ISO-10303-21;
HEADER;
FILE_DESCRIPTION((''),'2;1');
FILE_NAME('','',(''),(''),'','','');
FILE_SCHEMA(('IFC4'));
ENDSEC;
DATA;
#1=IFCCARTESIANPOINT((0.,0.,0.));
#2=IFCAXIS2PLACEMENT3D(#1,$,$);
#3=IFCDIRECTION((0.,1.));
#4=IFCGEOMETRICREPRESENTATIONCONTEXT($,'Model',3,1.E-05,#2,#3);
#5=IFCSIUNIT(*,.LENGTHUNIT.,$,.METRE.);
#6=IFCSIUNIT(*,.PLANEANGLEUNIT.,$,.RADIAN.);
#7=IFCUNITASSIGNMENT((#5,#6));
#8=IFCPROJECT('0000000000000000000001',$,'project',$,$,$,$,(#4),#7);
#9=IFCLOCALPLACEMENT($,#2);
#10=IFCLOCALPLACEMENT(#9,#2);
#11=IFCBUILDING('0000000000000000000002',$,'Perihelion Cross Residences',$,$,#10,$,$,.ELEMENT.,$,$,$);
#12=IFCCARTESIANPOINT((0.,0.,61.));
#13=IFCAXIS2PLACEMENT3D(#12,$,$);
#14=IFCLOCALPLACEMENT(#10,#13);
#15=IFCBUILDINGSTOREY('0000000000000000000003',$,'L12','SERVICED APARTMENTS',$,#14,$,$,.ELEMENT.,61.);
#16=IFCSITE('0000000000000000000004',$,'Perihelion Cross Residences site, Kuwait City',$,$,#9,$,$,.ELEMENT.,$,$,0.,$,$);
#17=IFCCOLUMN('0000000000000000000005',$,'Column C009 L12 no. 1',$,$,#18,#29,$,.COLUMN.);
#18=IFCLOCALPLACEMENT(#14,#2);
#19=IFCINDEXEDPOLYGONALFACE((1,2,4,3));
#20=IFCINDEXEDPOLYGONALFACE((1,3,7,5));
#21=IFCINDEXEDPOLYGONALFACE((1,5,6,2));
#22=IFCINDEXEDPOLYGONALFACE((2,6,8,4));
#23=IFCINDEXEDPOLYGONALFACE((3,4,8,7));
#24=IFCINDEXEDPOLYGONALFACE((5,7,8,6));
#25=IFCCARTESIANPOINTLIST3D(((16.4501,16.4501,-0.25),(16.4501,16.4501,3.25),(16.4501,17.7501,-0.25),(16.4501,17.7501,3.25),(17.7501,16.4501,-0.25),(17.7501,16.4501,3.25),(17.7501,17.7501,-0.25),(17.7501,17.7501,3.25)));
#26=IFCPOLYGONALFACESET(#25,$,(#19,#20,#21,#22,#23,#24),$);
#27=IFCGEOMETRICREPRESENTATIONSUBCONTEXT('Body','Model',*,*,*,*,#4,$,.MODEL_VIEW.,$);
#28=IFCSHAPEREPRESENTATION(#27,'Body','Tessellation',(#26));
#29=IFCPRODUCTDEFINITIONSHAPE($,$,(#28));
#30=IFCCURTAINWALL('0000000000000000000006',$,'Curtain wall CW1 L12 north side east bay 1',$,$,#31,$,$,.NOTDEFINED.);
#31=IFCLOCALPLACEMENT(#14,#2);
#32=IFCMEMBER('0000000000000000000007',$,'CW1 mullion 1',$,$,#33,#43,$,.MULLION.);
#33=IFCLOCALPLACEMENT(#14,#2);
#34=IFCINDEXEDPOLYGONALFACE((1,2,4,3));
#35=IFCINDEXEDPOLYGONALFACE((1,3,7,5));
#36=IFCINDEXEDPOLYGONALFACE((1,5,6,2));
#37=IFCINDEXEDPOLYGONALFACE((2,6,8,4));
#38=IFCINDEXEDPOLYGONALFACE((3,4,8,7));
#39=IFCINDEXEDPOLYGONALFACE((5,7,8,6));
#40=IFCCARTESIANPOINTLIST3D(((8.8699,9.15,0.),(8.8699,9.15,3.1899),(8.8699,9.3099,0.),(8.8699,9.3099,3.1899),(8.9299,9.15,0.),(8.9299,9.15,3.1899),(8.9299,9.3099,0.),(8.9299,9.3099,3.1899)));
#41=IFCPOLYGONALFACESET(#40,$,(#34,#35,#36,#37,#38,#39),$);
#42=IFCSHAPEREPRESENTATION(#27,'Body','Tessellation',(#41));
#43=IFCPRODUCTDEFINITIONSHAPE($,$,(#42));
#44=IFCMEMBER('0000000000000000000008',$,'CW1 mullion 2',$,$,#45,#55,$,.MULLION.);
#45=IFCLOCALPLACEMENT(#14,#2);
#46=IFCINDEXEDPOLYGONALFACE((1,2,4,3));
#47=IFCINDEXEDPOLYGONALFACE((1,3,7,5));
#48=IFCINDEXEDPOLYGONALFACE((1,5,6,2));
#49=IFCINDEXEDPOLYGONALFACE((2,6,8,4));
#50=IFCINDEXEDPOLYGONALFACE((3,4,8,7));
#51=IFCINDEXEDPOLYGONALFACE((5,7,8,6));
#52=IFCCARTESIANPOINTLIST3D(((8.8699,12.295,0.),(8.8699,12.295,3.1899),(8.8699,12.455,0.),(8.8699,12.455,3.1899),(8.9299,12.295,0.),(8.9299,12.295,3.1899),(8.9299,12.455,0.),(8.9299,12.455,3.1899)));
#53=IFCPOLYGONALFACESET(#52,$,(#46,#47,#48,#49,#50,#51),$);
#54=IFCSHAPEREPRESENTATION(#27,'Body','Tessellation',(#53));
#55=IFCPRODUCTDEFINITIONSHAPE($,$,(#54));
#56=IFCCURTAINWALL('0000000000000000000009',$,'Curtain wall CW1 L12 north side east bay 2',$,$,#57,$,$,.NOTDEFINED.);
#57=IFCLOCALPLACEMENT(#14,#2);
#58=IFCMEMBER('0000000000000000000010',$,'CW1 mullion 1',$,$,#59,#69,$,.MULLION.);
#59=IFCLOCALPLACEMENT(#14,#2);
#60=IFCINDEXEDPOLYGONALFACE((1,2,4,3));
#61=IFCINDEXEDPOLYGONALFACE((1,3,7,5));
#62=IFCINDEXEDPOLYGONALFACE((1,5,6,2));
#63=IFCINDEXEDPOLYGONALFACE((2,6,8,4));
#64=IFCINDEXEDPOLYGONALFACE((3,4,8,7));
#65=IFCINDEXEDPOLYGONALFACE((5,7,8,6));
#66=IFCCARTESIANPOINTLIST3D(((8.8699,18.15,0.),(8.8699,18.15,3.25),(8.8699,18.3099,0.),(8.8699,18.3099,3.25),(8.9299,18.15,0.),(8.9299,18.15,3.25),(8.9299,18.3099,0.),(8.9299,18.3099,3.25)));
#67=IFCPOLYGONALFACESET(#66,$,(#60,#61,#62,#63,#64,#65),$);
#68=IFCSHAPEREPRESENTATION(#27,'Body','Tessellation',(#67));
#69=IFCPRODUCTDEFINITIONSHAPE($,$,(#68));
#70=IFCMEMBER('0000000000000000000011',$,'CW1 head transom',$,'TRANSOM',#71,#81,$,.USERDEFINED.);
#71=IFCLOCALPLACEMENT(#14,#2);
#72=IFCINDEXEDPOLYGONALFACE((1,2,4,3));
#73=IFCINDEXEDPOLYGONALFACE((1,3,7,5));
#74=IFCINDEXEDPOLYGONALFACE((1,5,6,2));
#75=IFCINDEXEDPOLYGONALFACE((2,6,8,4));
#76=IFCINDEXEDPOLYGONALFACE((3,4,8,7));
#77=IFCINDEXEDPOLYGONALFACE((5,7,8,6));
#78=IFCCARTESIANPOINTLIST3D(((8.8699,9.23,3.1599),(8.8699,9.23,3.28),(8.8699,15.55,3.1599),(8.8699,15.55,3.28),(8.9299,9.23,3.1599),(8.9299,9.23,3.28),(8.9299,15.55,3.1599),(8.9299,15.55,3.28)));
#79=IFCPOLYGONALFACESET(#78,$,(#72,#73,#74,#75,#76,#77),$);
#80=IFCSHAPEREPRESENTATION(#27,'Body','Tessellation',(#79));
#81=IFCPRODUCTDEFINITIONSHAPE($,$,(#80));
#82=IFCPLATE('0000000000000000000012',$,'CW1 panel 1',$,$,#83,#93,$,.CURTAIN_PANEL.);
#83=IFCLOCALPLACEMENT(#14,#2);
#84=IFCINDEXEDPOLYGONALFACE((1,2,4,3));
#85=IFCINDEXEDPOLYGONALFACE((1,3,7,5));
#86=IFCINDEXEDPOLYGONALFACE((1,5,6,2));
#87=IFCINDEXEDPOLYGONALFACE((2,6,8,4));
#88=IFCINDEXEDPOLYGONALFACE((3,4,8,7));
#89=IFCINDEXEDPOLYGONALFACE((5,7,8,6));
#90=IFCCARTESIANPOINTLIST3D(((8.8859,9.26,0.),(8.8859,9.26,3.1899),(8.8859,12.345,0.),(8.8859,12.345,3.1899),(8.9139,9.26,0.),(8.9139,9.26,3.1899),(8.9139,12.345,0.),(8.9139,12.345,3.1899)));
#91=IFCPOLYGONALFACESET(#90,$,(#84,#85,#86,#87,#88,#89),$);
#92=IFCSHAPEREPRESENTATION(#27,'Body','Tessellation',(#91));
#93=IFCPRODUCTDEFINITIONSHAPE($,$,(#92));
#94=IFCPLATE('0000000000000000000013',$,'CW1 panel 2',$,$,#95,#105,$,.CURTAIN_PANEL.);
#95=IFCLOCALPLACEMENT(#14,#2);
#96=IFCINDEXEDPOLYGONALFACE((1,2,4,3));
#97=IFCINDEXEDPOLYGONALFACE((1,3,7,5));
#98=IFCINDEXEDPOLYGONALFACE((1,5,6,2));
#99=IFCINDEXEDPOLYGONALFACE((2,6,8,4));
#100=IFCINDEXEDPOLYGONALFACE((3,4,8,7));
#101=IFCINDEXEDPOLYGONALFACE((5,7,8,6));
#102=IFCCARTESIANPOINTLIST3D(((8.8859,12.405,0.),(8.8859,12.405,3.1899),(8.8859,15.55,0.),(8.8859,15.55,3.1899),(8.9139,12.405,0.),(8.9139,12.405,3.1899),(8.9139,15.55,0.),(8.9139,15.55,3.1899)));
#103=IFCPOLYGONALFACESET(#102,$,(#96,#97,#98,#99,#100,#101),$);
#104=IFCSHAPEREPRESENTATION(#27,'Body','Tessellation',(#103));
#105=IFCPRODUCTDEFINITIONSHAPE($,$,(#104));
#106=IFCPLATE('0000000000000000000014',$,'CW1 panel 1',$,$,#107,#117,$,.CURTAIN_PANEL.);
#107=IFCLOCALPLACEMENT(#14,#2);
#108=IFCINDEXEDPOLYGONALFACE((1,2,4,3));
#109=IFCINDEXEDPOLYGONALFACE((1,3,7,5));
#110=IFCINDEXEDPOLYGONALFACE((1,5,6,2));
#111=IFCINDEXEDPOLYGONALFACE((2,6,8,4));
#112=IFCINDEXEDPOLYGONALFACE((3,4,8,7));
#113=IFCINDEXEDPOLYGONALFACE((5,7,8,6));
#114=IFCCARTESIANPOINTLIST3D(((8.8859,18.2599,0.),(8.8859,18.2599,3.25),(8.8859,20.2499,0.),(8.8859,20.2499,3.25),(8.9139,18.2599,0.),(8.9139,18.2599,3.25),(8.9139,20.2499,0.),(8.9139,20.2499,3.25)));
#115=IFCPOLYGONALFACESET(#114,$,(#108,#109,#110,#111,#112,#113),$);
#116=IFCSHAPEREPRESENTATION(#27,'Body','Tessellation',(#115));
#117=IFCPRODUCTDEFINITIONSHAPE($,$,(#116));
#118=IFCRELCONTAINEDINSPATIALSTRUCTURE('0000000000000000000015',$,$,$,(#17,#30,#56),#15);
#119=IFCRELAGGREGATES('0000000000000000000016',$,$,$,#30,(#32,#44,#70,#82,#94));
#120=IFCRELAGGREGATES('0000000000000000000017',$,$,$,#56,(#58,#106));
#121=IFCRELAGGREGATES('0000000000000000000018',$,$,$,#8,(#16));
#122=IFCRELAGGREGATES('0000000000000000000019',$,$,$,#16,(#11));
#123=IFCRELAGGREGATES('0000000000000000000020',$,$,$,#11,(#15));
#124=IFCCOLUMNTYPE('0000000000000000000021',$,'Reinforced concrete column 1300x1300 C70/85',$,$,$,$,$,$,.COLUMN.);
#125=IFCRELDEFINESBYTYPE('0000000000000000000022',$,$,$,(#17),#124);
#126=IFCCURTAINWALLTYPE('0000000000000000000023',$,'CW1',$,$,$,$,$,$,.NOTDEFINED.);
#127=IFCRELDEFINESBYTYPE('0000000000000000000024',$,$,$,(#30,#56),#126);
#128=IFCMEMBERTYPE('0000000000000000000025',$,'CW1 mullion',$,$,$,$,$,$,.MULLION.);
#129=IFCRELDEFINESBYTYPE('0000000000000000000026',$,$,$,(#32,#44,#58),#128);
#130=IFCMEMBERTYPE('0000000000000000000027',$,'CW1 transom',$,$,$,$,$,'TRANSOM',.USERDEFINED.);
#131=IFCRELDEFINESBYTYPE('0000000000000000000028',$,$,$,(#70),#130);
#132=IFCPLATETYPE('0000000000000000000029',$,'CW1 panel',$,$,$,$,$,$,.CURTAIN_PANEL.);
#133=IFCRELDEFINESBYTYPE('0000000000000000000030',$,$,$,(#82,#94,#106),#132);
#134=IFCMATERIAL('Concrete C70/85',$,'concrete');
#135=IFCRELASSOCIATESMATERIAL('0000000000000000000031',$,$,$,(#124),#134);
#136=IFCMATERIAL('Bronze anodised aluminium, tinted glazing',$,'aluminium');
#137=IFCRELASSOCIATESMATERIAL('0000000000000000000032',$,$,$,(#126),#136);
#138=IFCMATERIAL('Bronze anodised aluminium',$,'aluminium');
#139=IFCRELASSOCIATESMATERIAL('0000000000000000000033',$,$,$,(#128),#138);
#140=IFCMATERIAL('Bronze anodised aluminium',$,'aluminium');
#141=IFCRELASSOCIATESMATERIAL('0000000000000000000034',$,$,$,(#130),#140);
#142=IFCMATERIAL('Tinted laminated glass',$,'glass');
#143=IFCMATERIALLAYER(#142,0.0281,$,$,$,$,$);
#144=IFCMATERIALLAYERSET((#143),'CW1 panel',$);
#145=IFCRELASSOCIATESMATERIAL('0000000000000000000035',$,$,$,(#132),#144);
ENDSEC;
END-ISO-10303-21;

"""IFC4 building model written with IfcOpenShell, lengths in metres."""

from ifc_helpers import new_model, si_unit, direction, frame, origin, origin_2d, place, context, subcontext, project, spatial, rectangle, extrude, material, layer, layer_set, material_profile, profile_set, type_object, element, aggregate, save


model = new_model("IFC4")

# Units and contexts
model_context = context("Model", 3, precision=1e-05, world=origin(), true_north=direction((0.0, 1.0)))
body_context = subcontext(model_context, "Body", "Model", "MODEL_VIEW")
ifc_project = project(units=[si_unit("LENGTHUNIT", "METRE"), si_unit("PLANEANGLEUNIT", "RADIAN")], contexts=[model_context])

# Site, building, storey
site_placement = place(None, origin())
site = spatial("IfcSite", under=ifc_project, at=site_placement, Name="Perihelion Cross Residences site, Kuwait City", CompositionType="ELEMENT", RefElevation=0.0)
building_placement = place(site_placement, origin())
building = spatial("IfcBuilding", under=site, at=building_placement, Name="Perihelion Cross Residences", CompositionType="ELEMENT")
storey_placement = place(building_placement, frame((0.0, 0.0, 61.0)))
storey = spatial("IfcBuildingStorey", under=building, at=storey_placement, Name="L12", Description="SERVICED APARTMENTS", CompositionType="ELEMENT", Elevation=61.0)

# Column
ifc_material_1 = material(Name="Concrete C70/85", Category="concrete")
ifc_material_profile_1 = material_profile(ifc_material_1, rectangle(XDim=1.3, YDim=1.3, at=origin_2d()), Name="RC 1300x1300")
ifc_profile_set_1 = profile_set([ifc_material_profile_1], Name="Concrete C70/85")
column_type = type_object("IfcColumnType", Name="Reinforced concrete column 1300x1300 C70/85", PredefinedType="COLUMN", material=ifc_profile_set_1)
column_placement = place(storey_placement, frame((17.1001, 17.1001, -0.25), z_axis=(0.0, 0.0, 1.0), x_axis=(1.0, 0.0, 0.0)))
element("IfcColumn", 1, at=column_placement, inside=storey, type_object=column_type, Name="Column C009 L12 no. 1", PredefinedType="COLUMN", context=body_context, shape_type="SweptSolid", body=[
    extrude(rectangle(XDim=1.3, YDim=1.3, at=origin_2d()), origin(), (0.0, 0.0, 1.0), 3.5),
])

# Curtain wall, members
ifc_material_2 = material(Name="Bronze anodised aluminium, tinted glazing", Category="aluminium")
curtain_wall_type = type_object("IfcCurtainWallType", Name="CW1", PredefinedType="NOTDEFINED", material=ifc_material_2)
curtain_wall_1_placement = place(storey_placement, origin())
curtain_wall_1 = element("IfcCurtainWall", 2, at=curtain_wall_1_placement, inside=storey, type_object=curtain_wall_type, Name="Curtain wall CW1 L12 north side east bay 1", PredefinedType="NOTDEFINED")
ifc_material_3 = material(Name="Bronze anodised aluminium", Category="aluminium")
ifc_material_profile_2 = material_profile(ifc_material_3, rectangle(XDim=0.0601, YDim=0.1599, at=origin_2d()), Name="CW1 mullion")
ifc_profile_set_2 = profile_set([ifc_material_profile_2], Name="Bronze anodised aluminium")
member_type_1 = type_object("IfcMemberType", Name="CW1 mullion", PredefinedType="MULLION", material=ifc_profile_set_2)
member_1_placement = place(storey_placement, frame((8.8999, 9.23, 0.0), z_axis=(0.0, 0.0, 1.0), x_axis=(-1.0, 0.0, 0.0)))
member_1 = element("IfcMember", 3, at=member_1_placement, type_object=member_type_1, Name="CW1 mullion 1", PredefinedType="MULLION", context=body_context, shape_type="SweptSolid", body=[
    extrude(rectangle(XDim=0.0601, YDim=0.1599, at=origin_2d()), origin(), (0.0, 0.0, 1.0), 3.1899),
])
member_2_placement = place(storey_placement, frame((8.8999, 12.375, 0.0), z_axis=(0.0, 0.0, 1.0), x_axis=(-1.0, 0.0, 0.0)))
member_2 = element("IfcMember", 4, at=member_2_placement, type_object=member_type_1, Name="CW1 mullion 2", PredefinedType="MULLION", context=body_context, shape_type="SweptSolid", body=[
    extrude(rectangle(XDim=0.0601, YDim=0.1599, at=origin_2d()), origin(), (0.0, 0.0, 1.0), 3.1899),
])

# Curtain wall, member
curtain_wall_2_placement = place(storey_placement, origin())
curtain_wall_2 = element("IfcCurtainWall", 5, at=curtain_wall_2_placement, inside=storey, type_object=curtain_wall_type, Name="Curtain wall CW1 L12 north side east bay 2", PredefinedType="NOTDEFINED")
member_3_placement = place(storey_placement, frame((8.8999, 18.23, 0.0), z_axis=(0.0, 0.0, 1.0), x_axis=(-1.0, 0.0, 0.0)))
member_3 = element("IfcMember", 6, at=member_3_placement, type_object=member_type_1, Name="CW1 mullion 1", PredefinedType="MULLION", context=body_context, shape_type="SweptSolid", body=[
    extrude(rectangle(XDim=0.0601, YDim=0.1599, at=origin_2d()), origin(), (0.0, 0.0, 1.0), 3.25),
])

# Member
ifc_material_4 = material(Name="Bronze anodised aluminium", Category="aluminium")
ifc_material_profile_3 = material_profile(ifc_material_4, rectangle(XDim=0.0601, YDim=0.1201, at=origin_2d()), Name="CW1 transom")
ifc_profile_set_3 = profile_set([ifc_material_profile_3], Name="Bronze anodised aluminium")
member_type_2 = type_object("IfcMemberType", Name="CW1 transom", ElementType="TRANSOM", PredefinedType="USERDEFINED", material=ifc_profile_set_3)
member_4_placement = place(storey_placement, frame((8.8999, 9.23, 3.22), z_axis=(0.0, 1.0, 0.0), x_axis=(-1.0, 0.0, 0.0)))
member_4 = element("IfcMember", 7, at=member_4_placement, type_object=member_type_2, Name="CW1 head transom", ObjectType="TRANSOM", PredefinedType="USERDEFINED", context=body_context, shape_type="SweptSolid", body=[
    extrude(rectangle(XDim=0.0601, YDim=0.1201, at=origin_2d()), origin(), (0.0, 0.0, 1.0), 6.3201),
])

# Plates
ifc_material_5 = material(Name="Tinted laminated glass", Category="glass")
ifc_layer_1 = layer(ifc_material_5, 0.0281)
ifc_layer_set_1 = layer_set([ifc_layer_1], Name="CW1 panel")
plate_type = type_object("IfcPlateType", Name="CW1 panel", PredefinedType="CURTAIN_PANEL", material=ifc_layer_set_1)
plate_1_placement = place(storey_placement, frame((8.8999, 10.8025, 0.0), z_axis=(0.0, 0.0, 1.0), x_axis=(0.0, 1.0, 0.0)))
plate_1 = element("IfcPlate", 8, at=plate_1_placement, type_object=plate_type, Name="CW1 panel 1", PredefinedType="CURTAIN_PANEL", context=body_context, shape_type="SweptSolid", body=[
    extrude(rectangle(XDim=3.085, YDim=0.0281, at=origin_2d()), origin(), (0.0, 0.0, 1.0), 3.1899),
])
plate_2_placement = place(storey_placement, frame((8.8999, 13.9775, 0.0), z_axis=(0.0, 0.0, 1.0), x_axis=(0.0, 1.0, 0.0)))
plate_2 = element("IfcPlate", 9, at=plate_2_placement, type_object=plate_type, Name="CW1 panel 2", PredefinedType="CURTAIN_PANEL", context=body_context, shape_type="SweptSolid", body=[
    extrude(rectangle(XDim=3.145, YDim=0.0281, at=origin_2d()), origin(), (0.0, 0.0, 1.0), 3.1899),
])
aggregate(curtain_wall_1, [member_1, member_2, member_4, plate_1, plate_2])
plate_3_placement = place(storey_placement, frame((8.8999, 19.2549, 0.0), z_axis=(0.0, 0.0, 1.0), x_axis=(0.0, 1.0, 0.0)))
plate_3 = element("IfcPlate", 10, at=plate_3_placement, type_object=plate_type, Name="CW1 panel 1", PredefinedType="CURTAIN_PANEL", context=body_context, shape_type="SweptSolid", body=[
    extrude(rectangle(XDim=1.99, YDim=0.0281, at=origin_2d()), origin(), (0.0, 0.0, 1.0), 3.25),
])
aggregate(curtain_wall_2, [member_3, plate_3])

save(model, "model.ifc")
